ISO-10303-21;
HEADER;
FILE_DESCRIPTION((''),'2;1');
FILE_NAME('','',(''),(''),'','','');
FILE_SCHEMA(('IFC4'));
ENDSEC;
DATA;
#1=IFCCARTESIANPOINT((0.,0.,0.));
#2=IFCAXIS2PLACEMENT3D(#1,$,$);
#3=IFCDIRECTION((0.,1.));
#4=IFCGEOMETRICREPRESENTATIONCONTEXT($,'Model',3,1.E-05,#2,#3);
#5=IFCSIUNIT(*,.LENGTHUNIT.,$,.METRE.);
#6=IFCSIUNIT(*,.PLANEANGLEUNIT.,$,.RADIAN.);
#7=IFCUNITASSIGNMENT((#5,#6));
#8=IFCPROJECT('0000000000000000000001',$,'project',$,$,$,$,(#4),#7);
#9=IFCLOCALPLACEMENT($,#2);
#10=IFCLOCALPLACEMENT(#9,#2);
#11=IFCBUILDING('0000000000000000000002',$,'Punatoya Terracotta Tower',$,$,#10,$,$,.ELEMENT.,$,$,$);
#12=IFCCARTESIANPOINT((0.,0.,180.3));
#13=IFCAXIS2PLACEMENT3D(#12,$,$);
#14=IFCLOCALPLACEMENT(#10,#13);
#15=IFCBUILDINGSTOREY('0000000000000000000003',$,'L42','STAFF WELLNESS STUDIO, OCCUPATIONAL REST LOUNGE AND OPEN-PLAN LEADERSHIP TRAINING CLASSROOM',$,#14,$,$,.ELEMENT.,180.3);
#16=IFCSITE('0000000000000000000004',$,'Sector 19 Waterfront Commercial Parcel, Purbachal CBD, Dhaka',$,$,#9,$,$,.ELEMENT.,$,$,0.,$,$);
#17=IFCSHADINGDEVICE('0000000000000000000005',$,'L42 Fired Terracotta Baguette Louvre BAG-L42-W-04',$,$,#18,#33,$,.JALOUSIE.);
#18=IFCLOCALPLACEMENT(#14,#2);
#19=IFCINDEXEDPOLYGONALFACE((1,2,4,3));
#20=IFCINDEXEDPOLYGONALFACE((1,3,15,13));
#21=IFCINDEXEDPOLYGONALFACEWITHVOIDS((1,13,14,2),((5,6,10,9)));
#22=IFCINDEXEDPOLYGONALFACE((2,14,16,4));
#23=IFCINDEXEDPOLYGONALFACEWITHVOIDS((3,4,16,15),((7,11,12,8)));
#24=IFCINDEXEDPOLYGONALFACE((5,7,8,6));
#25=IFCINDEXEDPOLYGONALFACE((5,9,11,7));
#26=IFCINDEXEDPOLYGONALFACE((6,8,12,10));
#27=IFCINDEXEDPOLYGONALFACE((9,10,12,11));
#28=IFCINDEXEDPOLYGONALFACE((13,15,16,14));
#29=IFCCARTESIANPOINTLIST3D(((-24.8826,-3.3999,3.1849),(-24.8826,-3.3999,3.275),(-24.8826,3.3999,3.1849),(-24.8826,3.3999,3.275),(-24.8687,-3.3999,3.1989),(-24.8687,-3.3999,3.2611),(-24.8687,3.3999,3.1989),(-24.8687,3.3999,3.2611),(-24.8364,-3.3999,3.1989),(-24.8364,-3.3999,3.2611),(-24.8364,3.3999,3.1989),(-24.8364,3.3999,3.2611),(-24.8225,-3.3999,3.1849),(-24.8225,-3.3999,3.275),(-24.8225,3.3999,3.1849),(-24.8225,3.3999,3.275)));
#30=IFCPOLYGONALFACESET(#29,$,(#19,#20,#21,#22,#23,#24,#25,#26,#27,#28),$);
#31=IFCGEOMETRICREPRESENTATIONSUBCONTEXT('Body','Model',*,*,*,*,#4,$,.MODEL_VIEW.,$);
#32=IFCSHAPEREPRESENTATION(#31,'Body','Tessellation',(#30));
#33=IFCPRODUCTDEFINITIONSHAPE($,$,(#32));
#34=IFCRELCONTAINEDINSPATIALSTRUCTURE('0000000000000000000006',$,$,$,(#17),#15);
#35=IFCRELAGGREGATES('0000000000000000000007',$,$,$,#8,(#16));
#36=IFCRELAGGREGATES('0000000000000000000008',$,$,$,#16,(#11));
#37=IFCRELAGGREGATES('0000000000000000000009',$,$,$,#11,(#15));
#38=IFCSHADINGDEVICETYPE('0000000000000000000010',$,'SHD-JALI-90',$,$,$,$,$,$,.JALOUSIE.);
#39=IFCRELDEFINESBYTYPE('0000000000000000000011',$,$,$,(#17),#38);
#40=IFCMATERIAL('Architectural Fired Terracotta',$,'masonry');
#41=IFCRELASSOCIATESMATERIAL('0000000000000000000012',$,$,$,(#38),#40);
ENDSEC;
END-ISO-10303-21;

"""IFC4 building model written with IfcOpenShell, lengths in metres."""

from ifc_helpers import new_model, si_unit, direction, frame, origin, origin_2d, place, context, subcontext, project, spatial, hollow_rectangle, extrude, material, material_profile, profile_set, type_object, element, save


model = new_model("IFC4")

# Units and contexts
model_context = context("Model", 3, precision=1e-05, world=origin(), true_north=direction((0.0, 1.0)))
body_context = subcontext(model_context, "Body", "Model", "MODEL_VIEW")
ifc_project = project(units=[si_unit("LENGTHUNIT", "METRE"), si_unit("PLANEANGLEUNIT", "RADIAN")], contexts=[model_context])

# Site, building, storey
site_placement = place(None, origin())
site = spatial("IfcSite", under=ifc_project, at=site_placement, Name="Sector 19 Waterfront Commercial Parcel, Purbachal CBD, Dhaka", CompositionType="ELEMENT", RefElevation=0.0)
building_placement = place(site_placement, origin())
building = spatial("IfcBuilding", under=site, at=building_placement, Name="Punatoya Terracotta Tower", CompositionType="ELEMENT")
storey_placement = place(building_placement, frame((0.0, 0.0, 180.3)))
storey = spatial("IfcBuildingStorey", under=building, at=storey_placement, Name="L42", Description="STAFF WELLNESS STUDIO, OCCUPATIONAL REST LOUNGE AND OPEN-PLAN LEADERSHIP TRAINING CLASSROOM", CompositionType="ELEMENT", Elevation=180.3)

# Shading device
ifc_material_1 = material(Name="Architectural Fired Terracotta", Category="masonry")
ifc_material_profile_1 = material_profile(ifc_material_1, hollow_rectangle(XDim=0.0601, YDim=0.0901, WallThickness=0.0139, at=origin_2d()))
ifc_profile_set_1 = profile_set([ifc_material_profile_1], Name="Architectural Fired Terracotta")
shading_device_type = type_object("IfcShadingDeviceType", Name="SHD-JALI-90", PredefinedType="JALOUSIE", material=ifc_profile_set_1)
for number, where, z_axis, x_axis, name in (
    (1, (-24.8525, -3.3999, 3.23), (0.0, 1.0, 0.0), (-1.0, 0.0, 0.0), "L42 Fired Terracotta Baguette Louvre BAG-L42-W-04"),
):
    element("IfcShadingDevice", number, at=place(storey_placement, frame(where, z_axis=z_axis, x_axis=x_axis)), inside=storey, type_object=shading_device_type, Name=name, PredefinedType="JALOUSIE", context=body_context, shape_type="SweptSolid", body=[
        extrude(hollow_rectangle(XDim=0.0601, YDim=0.0901, WallThickness=0.0139, at=origin_2d()), origin(), (0.0, 0.0, 1.0), 6.7998),
    ])

save(model, "model.ifc")
